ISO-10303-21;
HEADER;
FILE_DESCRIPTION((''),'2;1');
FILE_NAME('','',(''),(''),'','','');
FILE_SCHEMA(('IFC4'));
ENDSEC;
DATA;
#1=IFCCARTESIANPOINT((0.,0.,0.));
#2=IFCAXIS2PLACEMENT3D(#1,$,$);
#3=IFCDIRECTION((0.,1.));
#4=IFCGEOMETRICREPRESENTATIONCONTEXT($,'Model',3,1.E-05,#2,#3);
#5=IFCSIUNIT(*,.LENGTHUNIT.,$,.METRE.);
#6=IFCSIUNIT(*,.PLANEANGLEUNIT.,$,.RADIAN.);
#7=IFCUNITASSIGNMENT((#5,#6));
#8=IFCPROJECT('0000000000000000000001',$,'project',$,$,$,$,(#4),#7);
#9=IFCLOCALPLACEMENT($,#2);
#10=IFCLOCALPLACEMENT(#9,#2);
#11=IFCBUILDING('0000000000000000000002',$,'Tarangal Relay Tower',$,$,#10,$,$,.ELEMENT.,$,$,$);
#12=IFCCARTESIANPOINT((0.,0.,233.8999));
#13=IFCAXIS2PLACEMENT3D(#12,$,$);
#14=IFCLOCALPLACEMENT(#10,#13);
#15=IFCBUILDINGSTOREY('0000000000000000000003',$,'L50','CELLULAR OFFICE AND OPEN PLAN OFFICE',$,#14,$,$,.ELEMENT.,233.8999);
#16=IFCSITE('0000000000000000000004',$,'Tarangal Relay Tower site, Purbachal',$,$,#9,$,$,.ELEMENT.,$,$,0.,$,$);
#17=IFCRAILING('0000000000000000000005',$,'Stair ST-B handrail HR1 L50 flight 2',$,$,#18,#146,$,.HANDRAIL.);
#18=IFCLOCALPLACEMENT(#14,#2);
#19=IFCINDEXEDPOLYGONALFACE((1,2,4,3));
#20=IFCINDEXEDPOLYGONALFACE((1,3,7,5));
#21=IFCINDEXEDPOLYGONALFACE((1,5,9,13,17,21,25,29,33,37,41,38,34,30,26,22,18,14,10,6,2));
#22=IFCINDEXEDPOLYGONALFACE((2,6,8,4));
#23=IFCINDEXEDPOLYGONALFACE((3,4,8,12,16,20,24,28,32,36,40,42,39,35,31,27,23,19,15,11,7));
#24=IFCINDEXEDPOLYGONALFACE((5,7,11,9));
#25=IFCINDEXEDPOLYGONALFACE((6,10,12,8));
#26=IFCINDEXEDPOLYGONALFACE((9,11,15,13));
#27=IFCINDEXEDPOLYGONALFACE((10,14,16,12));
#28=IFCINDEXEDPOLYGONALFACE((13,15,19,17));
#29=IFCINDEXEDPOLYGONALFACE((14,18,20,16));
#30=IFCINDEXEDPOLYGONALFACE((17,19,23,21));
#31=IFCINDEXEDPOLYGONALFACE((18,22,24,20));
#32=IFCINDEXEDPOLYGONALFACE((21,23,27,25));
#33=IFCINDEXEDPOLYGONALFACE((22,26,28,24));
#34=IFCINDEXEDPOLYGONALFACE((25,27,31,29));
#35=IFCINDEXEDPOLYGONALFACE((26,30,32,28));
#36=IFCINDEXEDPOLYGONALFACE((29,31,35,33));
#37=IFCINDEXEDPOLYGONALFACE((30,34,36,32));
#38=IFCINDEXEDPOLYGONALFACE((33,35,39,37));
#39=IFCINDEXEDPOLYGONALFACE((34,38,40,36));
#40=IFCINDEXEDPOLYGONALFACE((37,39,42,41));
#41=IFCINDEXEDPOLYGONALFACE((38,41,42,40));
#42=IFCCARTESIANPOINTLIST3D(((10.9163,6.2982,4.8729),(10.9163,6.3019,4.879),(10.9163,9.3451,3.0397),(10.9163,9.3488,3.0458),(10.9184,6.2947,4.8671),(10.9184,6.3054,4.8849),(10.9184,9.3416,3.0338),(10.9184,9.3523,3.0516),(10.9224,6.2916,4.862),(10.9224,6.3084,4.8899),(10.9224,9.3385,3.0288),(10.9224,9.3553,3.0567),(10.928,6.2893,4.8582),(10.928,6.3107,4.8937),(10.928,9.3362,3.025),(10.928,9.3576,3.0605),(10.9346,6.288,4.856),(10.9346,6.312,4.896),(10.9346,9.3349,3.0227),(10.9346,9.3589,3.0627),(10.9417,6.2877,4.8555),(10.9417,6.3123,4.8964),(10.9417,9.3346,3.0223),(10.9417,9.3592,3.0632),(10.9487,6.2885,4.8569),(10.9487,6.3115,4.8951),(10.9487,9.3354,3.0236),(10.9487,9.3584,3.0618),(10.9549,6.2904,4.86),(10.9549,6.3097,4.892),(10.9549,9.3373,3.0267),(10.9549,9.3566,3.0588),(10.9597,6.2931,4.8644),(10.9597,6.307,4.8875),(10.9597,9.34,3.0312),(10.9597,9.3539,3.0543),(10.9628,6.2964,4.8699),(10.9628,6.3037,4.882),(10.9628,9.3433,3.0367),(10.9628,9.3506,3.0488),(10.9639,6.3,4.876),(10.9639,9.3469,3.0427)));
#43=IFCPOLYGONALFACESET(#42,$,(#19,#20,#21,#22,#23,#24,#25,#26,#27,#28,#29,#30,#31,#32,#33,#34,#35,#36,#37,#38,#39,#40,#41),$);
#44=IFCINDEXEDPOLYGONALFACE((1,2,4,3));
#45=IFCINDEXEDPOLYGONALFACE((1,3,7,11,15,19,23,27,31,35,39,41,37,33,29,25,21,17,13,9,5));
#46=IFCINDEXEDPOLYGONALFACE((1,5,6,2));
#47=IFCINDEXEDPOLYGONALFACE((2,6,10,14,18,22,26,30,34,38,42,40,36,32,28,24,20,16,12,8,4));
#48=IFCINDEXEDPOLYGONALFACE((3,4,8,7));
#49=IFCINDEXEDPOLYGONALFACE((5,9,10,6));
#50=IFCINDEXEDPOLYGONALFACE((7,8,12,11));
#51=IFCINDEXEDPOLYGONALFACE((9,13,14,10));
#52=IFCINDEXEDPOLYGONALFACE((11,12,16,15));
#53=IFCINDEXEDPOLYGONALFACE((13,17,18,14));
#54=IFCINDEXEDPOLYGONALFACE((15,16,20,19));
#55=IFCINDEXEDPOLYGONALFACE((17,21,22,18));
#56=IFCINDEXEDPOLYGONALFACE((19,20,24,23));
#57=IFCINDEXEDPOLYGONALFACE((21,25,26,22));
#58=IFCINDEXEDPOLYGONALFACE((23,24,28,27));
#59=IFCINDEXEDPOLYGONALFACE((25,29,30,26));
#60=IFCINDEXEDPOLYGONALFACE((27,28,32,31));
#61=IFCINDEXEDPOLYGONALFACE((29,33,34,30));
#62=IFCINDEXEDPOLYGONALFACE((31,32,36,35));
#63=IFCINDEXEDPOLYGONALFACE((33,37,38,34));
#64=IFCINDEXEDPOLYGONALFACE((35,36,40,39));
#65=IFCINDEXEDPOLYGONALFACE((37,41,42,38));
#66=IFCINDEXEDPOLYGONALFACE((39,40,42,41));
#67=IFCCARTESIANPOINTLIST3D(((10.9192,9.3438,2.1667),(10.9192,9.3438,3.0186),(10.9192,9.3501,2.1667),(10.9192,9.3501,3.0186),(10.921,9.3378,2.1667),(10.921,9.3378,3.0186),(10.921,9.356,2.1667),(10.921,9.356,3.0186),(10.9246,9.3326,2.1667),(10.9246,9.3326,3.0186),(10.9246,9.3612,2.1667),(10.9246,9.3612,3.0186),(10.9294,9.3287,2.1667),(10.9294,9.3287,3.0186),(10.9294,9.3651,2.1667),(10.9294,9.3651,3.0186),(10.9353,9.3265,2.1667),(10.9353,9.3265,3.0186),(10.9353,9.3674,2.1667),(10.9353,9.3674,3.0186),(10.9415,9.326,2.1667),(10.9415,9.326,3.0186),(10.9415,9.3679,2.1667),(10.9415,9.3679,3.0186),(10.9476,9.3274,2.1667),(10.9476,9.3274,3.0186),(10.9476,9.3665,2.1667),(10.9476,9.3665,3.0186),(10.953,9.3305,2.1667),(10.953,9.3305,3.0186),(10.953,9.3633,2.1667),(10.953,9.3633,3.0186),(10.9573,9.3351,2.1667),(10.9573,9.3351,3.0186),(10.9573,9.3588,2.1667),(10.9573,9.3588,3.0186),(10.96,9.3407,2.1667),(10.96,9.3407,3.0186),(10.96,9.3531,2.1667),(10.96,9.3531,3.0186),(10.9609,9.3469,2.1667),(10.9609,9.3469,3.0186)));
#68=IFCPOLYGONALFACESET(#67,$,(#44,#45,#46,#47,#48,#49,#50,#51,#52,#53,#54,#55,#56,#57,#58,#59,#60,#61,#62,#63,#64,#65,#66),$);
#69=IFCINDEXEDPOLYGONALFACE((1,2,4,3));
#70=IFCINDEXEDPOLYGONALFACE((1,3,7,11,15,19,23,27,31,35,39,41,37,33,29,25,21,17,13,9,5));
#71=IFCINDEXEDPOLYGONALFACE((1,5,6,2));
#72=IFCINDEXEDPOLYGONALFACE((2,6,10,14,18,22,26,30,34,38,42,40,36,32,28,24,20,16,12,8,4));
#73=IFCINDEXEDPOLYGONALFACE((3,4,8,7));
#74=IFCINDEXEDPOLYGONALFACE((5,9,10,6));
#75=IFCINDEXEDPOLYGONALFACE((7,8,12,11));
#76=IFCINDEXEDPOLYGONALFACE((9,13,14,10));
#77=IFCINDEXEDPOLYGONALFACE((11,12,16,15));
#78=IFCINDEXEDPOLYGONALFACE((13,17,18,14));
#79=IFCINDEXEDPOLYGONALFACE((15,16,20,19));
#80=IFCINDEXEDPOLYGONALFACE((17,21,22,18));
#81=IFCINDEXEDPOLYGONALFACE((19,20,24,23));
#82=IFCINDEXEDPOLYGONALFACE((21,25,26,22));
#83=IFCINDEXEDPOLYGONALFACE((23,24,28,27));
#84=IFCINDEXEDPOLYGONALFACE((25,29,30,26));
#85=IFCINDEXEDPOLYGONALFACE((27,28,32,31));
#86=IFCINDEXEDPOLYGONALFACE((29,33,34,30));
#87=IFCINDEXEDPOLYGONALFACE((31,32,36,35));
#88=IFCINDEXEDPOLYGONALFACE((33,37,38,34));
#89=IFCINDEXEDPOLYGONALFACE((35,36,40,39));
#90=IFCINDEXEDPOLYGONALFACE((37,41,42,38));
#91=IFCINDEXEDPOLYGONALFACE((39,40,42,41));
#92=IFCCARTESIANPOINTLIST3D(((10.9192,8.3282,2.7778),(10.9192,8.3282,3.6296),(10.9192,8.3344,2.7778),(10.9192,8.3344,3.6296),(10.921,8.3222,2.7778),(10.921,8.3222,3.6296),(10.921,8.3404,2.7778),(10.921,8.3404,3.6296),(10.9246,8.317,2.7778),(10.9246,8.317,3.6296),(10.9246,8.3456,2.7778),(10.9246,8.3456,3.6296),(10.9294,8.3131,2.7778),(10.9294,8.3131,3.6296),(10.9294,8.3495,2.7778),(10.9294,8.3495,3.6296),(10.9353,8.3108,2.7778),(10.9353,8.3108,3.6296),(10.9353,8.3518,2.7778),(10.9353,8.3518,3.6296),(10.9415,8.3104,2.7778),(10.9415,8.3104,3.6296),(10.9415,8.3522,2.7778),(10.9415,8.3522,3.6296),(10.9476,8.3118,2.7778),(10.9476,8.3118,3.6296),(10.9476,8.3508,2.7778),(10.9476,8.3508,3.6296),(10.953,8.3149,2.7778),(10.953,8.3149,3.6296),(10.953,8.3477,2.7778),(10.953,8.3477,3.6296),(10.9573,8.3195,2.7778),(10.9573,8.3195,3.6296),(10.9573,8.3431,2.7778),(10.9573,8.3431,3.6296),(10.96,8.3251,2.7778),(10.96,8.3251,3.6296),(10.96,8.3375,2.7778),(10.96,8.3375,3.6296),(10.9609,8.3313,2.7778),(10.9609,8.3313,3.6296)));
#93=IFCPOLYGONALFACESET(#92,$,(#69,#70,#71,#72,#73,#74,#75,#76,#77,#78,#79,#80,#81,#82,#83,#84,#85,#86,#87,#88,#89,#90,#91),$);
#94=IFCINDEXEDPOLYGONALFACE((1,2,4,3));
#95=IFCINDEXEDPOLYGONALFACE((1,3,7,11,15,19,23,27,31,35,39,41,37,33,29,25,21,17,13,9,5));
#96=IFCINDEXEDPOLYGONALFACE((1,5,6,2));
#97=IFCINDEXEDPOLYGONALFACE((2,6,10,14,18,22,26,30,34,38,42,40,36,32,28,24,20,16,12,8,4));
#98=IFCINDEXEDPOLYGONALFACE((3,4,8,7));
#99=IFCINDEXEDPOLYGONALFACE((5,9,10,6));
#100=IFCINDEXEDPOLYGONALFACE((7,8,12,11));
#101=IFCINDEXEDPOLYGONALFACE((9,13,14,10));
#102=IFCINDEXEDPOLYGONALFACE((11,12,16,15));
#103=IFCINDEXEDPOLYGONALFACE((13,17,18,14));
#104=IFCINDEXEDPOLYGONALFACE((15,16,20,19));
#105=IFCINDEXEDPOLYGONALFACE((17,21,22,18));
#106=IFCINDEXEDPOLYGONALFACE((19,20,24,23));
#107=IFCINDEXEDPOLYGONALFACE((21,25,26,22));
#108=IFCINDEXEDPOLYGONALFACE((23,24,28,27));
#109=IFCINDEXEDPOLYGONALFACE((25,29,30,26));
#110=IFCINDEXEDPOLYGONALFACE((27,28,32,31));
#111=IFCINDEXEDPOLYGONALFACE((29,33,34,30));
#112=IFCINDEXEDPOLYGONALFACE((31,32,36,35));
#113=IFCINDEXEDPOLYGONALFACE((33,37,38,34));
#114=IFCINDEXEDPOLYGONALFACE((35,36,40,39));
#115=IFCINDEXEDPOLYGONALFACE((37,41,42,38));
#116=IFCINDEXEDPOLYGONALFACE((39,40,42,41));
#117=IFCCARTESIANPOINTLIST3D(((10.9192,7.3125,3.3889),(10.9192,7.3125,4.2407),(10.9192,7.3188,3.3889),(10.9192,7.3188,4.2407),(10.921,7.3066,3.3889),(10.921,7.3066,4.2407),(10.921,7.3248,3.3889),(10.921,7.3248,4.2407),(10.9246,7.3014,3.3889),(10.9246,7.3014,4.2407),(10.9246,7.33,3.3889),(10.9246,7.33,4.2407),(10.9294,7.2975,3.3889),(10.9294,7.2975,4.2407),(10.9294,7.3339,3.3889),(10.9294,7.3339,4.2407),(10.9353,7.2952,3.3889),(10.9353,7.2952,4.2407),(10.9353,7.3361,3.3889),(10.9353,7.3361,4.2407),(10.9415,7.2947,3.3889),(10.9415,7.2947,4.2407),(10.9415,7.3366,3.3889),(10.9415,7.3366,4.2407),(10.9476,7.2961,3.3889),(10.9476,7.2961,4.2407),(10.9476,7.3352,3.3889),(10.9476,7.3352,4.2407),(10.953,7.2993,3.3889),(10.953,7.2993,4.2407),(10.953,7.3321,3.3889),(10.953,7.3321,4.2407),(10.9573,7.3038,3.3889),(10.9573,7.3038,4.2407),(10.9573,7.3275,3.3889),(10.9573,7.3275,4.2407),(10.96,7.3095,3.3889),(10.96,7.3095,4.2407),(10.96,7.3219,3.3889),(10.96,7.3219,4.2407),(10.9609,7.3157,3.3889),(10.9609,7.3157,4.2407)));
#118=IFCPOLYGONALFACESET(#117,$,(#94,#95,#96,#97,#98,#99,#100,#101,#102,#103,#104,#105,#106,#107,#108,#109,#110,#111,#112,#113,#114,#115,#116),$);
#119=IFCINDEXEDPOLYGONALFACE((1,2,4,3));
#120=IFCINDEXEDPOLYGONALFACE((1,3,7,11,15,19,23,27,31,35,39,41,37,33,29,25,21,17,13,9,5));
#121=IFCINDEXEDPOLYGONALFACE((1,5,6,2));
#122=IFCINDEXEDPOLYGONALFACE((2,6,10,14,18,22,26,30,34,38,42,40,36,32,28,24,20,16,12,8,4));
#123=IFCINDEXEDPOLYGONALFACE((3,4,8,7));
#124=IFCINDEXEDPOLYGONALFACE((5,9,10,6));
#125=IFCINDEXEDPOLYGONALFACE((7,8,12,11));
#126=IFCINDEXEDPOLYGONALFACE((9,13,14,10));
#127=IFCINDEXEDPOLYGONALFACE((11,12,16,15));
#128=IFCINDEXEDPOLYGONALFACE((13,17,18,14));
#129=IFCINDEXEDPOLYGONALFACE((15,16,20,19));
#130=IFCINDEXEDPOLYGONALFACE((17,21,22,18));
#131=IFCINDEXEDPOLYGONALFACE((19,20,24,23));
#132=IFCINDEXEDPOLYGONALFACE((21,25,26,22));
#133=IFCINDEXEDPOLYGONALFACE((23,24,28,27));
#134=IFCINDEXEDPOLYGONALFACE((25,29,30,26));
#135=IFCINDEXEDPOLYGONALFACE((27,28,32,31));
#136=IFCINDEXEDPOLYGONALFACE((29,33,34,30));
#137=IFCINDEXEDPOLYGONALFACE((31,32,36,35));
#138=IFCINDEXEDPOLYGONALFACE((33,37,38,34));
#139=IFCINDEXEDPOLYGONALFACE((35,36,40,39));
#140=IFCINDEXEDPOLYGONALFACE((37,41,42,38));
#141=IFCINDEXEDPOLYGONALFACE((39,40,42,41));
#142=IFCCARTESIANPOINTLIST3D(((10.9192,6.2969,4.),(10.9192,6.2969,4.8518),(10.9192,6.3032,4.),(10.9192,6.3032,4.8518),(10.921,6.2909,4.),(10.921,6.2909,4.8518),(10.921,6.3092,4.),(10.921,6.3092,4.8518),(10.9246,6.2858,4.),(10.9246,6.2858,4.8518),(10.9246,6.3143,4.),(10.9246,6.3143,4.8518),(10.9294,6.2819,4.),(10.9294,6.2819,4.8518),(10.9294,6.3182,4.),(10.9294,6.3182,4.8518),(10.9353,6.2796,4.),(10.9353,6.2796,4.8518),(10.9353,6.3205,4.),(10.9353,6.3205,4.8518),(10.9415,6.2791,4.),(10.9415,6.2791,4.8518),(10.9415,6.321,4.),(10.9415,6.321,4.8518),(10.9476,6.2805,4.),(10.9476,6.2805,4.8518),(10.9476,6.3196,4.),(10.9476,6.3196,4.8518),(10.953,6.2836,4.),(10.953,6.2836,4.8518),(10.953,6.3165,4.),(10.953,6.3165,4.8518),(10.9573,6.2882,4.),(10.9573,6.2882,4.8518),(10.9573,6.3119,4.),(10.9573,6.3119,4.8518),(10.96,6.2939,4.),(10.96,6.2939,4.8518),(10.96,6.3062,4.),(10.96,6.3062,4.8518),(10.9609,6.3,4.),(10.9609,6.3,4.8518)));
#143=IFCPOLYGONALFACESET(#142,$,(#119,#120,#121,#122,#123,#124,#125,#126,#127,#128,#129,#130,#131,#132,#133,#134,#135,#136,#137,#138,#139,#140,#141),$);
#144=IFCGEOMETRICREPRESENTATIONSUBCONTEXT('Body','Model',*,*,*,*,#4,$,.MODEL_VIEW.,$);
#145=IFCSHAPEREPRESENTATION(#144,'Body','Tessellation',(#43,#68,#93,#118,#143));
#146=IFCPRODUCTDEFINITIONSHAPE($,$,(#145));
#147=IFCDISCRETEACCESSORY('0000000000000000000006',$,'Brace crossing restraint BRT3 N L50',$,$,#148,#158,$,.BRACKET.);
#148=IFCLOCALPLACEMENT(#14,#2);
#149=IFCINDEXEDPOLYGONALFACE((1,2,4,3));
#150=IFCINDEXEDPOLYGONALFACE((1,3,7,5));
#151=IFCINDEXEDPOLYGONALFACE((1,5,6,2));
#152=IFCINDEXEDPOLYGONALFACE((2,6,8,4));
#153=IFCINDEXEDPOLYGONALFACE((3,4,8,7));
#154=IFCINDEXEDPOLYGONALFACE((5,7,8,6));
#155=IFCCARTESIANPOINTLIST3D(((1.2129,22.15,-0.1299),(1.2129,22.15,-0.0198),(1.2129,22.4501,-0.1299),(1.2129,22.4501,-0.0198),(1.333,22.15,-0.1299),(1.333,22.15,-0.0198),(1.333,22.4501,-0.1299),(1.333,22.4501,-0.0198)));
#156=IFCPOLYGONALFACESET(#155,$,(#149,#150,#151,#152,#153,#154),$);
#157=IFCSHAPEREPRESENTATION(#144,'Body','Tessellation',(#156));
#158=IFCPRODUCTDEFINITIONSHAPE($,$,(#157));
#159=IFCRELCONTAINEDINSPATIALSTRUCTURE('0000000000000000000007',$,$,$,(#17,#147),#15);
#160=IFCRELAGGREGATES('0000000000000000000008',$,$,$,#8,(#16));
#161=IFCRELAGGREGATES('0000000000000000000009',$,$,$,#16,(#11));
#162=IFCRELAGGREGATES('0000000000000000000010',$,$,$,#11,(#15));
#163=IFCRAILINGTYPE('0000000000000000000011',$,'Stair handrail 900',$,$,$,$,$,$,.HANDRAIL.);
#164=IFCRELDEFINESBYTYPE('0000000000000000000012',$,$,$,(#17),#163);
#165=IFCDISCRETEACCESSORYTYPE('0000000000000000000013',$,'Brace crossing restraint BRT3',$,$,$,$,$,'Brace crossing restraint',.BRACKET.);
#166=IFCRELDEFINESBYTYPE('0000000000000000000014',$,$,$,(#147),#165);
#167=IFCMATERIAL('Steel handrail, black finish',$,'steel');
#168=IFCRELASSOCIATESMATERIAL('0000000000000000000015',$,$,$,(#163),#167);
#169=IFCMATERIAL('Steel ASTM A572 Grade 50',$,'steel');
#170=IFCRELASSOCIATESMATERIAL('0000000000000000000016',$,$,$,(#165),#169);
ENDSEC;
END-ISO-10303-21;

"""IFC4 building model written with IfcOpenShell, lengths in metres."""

from ifc_helpers import new_model, si_unit, direction, frame, origin, origin_2d, place, context, subcontext, project, spatial, rectangle, circle, extrude, material, type_object, element, save


model = new_model("IFC4")

# Units and contexts
model_context = context("Model", 3, precision=1e-05, world=origin(), true_north=direction((0.0, 1.0)))
body_context = subcontext(model_context, "Body", "Model", "MODEL_VIEW")
ifc_project = project(units=[si_unit("LENGTHUNIT", "METRE"), si_unit("PLANEANGLEUNIT", "RADIAN")], contexts=[model_context])

# Site, building, storey
site_placement = place(None, origin())
site = spatial("IfcSite", under=ifc_project, at=site_placement, Name="Tarangal Relay Tower site, Purbachal", CompositionType="ELEMENT", RefElevation=0.0)
building_placement = place(site_placement, origin())
building = spatial("IfcBuilding", under=site, at=building_placement, Name="Tarangal Relay Tower", CompositionType="ELEMENT")
storey_placement = place(building_placement, frame((0.0, 0.0, 233.8999)))
storey = spatial("IfcBuildingStorey", under=building, at=storey_placement, Name="L50", Description="CELLULAR OFFICE AND OPEN PLAN OFFICE", CompositionType="ELEMENT", Elevation=233.8999)

# Shared definitions
ifc_material_1 = material(Name="Steel ASTM A572 Grade 50", Category="steel")

# Railing
ifc_material_2 = material(Name="Steel handrail, black finish", Category="steel")
railing_type_1 = type_object("IfcRailingType", Name="Stair handrail 900", PredefinedType="HANDRAIL", material=ifc_material_2)
railing_1_placement = place(storey_placement, frame((10.9399, 9.3469, 2.1667)))
element("IfcRailing", 1, at=railing_1_placement, inside=storey, type_object=railing_type_1, Name="Stair ST-B handrail HR1 L50 flight 2", PredefinedType="HANDRAIL", context=body_context, shape_type="SweptSolid", body=[
    extrude(circle(Radius=0.0239, at=origin_2d()), frame((0.0, 0.0, 0.876), z_axis=(0.0, -0.856856, 0.515556), x_axis=(1.0, 0.0, 0.0)), (0.0, 0.0, 1.0), 3.5559),
    extrude(circle(Radius=0.021, at=origin_2d()), origin(), (0.0, 0.0, 1.0), 0.8518),
    extrude(circle(Radius=0.021, at=origin_2d()), frame((0.0, -1.0156, 0.6111)), (0.0, 0.0, 1.0), 0.8518),
    extrude(circle(Radius=0.021, at=origin_2d()), frame((0.0, -2.0312, 1.2222)), (0.0, 0.0, 1.0), 0.8518),
    extrude(circle(Radius=0.021, at=origin_2d()), frame((0.0, -3.0469, 1.8333)), (0.0, 0.0, 1.0), 0.8518),
])

# Discrete accessory
discrete_accessory_type = type_object("IfcDiscreteAccessoryType", Name="Brace crossing restraint BRT3", ElementType="Brace crossing restraint", PredefinedType="BRACKET", material=ifc_material_1)
discrete_accessory_placement = place(storey_placement, frame((1.2729, 22.3, -0.1299), z_axis=(0.0, 0.0, 1.0), x_axis=(1.0, 0.0, 0.0)))
element("IfcDiscreteAccessory", 2, at=discrete_accessory_placement, inside=storey, type_object=discrete_accessory_type, Name="Brace crossing restraint BRT3 N L50", PredefinedType="BRACKET", context=body_context, shape_type="SweptSolid", body=[
    extrude(rectangle(XDim=0.1201, YDim=0.3, at=origin_2d()), origin(), (0.0, 0.0, 1.0), 0.1101),
])

save(model, "model.ifc")
